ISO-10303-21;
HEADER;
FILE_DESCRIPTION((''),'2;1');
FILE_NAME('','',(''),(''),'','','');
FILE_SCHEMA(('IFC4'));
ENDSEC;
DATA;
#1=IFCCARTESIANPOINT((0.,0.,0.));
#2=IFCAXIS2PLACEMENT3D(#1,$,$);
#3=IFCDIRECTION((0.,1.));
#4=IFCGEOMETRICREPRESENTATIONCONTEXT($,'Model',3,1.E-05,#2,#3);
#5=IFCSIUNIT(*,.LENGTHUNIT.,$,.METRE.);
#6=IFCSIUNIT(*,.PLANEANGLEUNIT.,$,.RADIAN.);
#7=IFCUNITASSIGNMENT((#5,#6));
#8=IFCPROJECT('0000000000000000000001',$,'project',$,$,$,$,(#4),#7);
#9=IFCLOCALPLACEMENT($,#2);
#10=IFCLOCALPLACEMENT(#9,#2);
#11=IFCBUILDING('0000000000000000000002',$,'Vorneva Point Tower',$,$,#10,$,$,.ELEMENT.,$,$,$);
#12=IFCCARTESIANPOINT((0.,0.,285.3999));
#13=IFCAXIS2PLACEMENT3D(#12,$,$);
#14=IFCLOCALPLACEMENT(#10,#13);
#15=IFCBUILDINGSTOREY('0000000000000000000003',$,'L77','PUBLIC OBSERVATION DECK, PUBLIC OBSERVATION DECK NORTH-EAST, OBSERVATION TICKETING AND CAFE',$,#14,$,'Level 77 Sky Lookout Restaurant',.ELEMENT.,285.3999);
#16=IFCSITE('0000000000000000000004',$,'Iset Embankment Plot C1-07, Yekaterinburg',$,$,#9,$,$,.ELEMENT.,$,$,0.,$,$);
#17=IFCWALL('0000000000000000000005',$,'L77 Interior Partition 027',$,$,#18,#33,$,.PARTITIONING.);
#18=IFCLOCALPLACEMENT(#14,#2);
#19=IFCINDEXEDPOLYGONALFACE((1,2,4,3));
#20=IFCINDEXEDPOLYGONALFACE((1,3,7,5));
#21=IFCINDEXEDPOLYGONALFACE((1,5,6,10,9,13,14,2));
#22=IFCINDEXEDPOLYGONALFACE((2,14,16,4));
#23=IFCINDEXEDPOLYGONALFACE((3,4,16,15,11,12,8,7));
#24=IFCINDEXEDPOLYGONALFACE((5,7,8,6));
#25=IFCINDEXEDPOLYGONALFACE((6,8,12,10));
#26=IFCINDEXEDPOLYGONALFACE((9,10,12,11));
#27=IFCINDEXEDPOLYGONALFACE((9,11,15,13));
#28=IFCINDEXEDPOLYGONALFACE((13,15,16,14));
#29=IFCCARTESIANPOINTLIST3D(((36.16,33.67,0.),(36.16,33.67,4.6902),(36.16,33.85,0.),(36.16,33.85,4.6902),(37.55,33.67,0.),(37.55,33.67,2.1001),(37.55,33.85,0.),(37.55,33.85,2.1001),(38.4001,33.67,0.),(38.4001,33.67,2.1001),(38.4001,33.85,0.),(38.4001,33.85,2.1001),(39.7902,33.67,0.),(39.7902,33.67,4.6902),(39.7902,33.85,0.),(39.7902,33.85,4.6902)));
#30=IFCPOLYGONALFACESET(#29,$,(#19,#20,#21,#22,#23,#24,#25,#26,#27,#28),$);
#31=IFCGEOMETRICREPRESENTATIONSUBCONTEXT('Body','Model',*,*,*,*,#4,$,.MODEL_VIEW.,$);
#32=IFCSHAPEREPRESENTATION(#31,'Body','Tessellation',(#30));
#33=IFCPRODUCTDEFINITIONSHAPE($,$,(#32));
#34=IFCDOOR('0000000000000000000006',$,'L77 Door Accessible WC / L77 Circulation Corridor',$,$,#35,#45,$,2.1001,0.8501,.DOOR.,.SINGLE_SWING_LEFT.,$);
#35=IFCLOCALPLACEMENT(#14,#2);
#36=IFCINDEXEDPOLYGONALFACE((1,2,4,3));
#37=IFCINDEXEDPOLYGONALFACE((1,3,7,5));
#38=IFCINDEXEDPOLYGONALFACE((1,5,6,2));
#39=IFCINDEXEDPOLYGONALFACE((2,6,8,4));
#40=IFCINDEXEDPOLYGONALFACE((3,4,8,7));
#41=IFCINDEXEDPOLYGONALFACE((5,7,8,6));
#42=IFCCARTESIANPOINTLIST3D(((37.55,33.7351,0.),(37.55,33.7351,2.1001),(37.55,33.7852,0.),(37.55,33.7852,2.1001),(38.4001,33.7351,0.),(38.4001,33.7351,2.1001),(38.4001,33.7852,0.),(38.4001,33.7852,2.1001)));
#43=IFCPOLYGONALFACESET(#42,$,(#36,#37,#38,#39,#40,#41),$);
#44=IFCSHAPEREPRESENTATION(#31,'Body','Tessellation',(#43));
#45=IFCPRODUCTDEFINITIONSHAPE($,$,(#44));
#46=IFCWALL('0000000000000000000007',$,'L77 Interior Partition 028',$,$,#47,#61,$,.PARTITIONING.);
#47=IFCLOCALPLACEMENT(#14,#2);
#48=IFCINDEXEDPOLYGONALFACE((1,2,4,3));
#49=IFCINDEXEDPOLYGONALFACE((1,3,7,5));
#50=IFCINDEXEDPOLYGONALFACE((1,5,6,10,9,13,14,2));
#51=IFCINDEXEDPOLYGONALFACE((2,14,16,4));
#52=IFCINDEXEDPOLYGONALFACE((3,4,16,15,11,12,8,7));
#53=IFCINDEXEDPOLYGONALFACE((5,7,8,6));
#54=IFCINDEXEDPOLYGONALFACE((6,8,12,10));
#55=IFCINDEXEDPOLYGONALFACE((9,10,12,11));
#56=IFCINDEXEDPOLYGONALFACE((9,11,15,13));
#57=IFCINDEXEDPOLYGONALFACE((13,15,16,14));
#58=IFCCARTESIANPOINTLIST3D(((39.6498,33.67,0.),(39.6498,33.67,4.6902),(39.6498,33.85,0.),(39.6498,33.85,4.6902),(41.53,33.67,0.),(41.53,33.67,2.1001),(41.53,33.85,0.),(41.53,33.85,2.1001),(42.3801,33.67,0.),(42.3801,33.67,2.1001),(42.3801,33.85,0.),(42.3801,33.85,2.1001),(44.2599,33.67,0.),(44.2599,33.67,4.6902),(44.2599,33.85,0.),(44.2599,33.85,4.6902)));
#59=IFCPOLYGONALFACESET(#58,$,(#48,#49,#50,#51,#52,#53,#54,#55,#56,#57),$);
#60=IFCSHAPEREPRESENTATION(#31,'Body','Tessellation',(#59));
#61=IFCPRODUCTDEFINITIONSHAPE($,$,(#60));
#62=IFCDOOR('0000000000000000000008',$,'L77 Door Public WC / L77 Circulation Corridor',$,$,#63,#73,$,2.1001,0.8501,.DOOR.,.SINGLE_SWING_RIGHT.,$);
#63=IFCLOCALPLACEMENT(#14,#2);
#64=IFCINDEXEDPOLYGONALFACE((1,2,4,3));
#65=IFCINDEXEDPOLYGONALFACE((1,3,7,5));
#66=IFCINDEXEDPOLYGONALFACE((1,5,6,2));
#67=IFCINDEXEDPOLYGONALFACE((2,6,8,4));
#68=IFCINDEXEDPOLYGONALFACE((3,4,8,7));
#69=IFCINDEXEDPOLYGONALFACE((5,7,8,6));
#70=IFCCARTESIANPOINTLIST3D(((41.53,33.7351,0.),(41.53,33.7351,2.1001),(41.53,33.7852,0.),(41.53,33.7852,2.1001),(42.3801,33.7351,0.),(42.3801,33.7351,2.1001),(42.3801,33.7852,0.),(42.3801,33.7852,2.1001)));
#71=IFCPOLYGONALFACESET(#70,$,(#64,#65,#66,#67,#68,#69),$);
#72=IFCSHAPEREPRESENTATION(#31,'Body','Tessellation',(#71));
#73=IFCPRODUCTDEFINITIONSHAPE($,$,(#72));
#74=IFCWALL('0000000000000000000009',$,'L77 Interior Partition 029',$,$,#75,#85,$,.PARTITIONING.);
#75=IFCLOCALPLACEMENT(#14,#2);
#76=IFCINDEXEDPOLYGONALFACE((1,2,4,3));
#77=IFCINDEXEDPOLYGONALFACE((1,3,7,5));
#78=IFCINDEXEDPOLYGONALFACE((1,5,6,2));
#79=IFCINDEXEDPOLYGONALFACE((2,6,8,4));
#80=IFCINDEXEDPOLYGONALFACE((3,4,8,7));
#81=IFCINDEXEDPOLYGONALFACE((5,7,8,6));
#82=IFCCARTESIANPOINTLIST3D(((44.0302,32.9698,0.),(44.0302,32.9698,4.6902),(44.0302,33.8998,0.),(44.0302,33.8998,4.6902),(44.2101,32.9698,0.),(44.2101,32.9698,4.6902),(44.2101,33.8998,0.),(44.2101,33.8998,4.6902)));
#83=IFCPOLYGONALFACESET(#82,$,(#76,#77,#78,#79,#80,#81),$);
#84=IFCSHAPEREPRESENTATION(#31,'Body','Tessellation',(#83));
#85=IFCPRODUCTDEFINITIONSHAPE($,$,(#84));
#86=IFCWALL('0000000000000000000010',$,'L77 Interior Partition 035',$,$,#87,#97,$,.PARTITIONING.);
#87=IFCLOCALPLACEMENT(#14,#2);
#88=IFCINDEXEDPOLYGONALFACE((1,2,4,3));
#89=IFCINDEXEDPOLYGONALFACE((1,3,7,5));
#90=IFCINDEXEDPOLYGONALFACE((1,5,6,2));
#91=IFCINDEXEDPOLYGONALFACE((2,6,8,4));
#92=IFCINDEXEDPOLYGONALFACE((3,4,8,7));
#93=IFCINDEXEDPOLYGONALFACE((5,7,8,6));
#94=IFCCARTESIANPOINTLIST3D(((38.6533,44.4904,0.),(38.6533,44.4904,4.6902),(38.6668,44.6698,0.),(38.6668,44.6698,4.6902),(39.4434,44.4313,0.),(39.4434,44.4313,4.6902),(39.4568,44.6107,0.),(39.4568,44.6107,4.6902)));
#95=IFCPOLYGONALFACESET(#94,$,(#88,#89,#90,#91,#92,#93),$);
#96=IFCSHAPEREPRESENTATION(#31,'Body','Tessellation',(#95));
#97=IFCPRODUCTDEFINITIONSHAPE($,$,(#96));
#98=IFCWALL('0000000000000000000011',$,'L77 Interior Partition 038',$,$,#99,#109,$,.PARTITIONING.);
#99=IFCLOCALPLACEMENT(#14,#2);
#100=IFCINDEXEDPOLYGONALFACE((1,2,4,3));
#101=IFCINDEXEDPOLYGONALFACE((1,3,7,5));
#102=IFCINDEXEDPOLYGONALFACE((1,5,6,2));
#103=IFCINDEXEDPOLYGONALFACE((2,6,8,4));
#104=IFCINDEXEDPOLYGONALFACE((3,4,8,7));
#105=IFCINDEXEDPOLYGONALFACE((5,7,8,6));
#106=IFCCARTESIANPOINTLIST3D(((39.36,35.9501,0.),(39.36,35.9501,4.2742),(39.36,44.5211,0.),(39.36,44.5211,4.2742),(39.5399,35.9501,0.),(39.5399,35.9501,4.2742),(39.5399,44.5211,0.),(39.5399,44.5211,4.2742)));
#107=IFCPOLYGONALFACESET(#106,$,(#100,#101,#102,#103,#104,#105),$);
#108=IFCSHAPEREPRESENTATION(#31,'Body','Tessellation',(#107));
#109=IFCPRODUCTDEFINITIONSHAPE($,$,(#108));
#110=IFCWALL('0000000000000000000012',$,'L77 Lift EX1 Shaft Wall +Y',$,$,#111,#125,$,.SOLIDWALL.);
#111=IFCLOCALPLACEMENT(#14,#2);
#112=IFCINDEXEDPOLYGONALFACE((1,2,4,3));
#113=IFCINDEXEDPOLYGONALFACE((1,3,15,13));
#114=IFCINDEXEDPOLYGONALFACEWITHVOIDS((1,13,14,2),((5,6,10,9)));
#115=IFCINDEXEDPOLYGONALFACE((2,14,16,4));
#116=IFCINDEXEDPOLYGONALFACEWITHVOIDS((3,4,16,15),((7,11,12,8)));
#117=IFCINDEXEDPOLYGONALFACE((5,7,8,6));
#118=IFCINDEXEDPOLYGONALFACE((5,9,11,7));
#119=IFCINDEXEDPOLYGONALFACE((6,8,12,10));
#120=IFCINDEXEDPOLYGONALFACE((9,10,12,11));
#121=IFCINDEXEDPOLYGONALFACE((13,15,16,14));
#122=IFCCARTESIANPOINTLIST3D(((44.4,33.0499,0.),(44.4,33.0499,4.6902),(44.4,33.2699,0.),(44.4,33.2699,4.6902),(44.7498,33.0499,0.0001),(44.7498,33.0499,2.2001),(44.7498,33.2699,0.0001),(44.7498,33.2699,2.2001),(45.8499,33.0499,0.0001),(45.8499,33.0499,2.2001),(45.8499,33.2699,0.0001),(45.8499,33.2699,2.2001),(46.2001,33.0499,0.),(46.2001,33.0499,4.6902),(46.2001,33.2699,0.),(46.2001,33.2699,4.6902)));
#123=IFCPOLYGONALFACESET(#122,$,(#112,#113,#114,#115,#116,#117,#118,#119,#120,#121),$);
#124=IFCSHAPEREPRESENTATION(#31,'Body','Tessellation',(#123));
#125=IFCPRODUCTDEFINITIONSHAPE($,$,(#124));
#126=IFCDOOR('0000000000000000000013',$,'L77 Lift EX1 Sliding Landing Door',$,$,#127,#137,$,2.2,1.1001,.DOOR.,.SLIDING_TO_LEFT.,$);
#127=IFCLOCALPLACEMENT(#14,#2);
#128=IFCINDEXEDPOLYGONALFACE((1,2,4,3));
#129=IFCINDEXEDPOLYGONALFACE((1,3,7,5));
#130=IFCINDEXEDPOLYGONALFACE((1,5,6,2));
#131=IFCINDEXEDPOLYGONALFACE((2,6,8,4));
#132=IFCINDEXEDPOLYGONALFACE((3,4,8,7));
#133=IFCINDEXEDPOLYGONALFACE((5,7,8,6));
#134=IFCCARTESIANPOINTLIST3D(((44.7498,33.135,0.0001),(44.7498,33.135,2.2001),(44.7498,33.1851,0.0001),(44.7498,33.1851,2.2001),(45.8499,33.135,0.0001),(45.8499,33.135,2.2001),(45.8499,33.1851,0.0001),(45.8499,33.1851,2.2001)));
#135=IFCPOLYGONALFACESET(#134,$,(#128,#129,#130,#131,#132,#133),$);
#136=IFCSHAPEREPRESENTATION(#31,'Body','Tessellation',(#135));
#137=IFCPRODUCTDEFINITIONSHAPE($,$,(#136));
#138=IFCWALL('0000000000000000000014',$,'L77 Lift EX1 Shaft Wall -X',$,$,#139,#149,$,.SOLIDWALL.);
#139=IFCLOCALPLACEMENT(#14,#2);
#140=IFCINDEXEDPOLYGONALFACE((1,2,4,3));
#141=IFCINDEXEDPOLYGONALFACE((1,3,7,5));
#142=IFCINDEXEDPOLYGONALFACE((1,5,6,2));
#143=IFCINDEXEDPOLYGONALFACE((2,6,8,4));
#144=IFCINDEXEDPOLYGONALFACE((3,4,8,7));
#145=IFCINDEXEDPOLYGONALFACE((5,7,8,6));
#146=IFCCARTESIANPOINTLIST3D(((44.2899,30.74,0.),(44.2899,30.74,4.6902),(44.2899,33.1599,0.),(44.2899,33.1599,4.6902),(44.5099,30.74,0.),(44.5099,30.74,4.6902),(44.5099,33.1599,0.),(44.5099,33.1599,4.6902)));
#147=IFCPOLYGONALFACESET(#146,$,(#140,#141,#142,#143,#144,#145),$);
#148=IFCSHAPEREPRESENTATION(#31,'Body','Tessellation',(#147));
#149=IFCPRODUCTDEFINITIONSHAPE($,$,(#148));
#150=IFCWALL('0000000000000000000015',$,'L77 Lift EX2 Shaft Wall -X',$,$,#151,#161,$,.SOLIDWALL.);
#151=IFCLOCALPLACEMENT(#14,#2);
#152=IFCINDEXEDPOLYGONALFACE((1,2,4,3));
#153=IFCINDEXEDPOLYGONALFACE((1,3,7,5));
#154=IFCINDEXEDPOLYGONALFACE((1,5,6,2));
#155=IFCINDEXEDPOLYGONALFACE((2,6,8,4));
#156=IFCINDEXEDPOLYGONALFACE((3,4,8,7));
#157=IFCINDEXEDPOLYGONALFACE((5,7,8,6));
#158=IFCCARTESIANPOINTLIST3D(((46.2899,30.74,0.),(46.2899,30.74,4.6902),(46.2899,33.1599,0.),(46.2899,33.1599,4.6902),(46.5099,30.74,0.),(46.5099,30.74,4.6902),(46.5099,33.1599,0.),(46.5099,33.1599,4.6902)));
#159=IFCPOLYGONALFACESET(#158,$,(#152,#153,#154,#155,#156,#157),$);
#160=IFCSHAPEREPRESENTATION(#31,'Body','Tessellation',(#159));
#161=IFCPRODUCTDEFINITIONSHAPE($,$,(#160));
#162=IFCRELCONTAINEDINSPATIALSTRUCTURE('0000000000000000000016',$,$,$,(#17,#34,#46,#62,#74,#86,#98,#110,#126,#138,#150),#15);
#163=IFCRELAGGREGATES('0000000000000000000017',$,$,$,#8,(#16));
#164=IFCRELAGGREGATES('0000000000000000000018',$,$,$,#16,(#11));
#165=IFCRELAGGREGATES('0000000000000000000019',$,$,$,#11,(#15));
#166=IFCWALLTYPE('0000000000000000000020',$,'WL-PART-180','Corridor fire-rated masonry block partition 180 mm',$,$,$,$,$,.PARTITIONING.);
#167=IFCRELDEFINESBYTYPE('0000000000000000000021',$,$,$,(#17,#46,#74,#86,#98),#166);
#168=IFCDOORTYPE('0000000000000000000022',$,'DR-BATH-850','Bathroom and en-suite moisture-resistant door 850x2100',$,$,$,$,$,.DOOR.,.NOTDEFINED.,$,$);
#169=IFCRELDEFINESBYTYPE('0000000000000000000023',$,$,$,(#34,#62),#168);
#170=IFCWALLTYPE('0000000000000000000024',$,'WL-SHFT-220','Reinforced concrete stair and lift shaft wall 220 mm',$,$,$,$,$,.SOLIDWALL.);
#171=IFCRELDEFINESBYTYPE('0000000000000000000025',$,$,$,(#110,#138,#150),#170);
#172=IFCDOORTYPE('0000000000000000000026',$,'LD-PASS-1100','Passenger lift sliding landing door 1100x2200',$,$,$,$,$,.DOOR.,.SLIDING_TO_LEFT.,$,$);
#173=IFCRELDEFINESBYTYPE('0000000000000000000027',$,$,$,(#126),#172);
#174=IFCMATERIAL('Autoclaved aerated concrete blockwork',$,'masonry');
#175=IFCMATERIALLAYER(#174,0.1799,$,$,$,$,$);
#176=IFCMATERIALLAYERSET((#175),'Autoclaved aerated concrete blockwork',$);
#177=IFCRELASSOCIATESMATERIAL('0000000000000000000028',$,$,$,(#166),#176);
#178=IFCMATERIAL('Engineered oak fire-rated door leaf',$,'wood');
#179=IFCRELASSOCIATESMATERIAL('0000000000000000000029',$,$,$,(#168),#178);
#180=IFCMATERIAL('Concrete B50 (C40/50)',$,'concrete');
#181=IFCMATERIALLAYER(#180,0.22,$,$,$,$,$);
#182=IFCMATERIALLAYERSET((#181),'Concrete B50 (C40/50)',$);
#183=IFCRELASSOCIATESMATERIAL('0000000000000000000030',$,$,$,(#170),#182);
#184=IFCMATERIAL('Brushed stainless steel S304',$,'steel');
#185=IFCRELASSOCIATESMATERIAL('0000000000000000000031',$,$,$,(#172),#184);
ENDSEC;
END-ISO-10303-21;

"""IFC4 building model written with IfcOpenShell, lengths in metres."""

from ifc_helpers import new_model, si_unit, direction, frame, frame_2d, origin, place, context, subcontext, project, spatial, rectangle, extrude, material, layer, layer_set, type_object, element, fill, save


model = new_model("IFC4")

# Units and contexts
model_context = context("Model", 3, precision=1e-05, world=origin(), true_north=direction((0.0, 1.0)))
body_context = subcontext(model_context, "Body", "Model", "MODEL_VIEW")
ifc_project = project(units=[si_unit("LENGTHUNIT", "METRE"), si_unit("PLANEANGLEUNIT", "RADIAN")], contexts=[model_context])

# Site, building, storey
site_placement = place(None, origin())
site = spatial("IfcSite", under=ifc_project, at=site_placement, Name="Iset Embankment Plot C1-07, Yekaterinburg", CompositionType="ELEMENT", RefElevation=0.0)
building_placement = place(site_placement, origin())
building = spatial("IfcBuilding", under=site, at=building_placement, Name="Vorneva Point Tower", CompositionType="ELEMENT")
storey_placement = place(building_placement, frame((0.0, 0.0, 285.3999)))
storey = spatial("IfcBuildingStorey", under=building, at=storey_placement, Name="L77", Description="PUBLIC OBSERVATION DECK, PUBLIC OBSERVATION DECK NORTH-EAST, OBSERVATION TICKETING AND CAFE", LongName="Level 77 Sky Lookout Restaurant", CompositionType="ELEMENT", Elevation=285.3999)

# Shared definitions
ifc_material_1 = material(Name="Concrete B50 (C40/50)", Category="concrete")

# Walls, openings, doors
ifc_material_2 = material(Name="Autoclaved aerated concrete blockwork", Category="masonry")
ifc_layer_1 = layer(ifc_material_2, 0.1799)
ifc_layer_set_1 = layer_set([ifc_layer_1], Name="Autoclaved aerated concrete blockwork")
wall_type_1 = type_object("IfcWallType", Name="WL-PART-180", Description="Corridor fire-rated masonry block partition 180 mm", PredefinedType="PARTITIONING", material=ifc_layer_set_1)
wall_1_placement = place(storey_placement, frame((39.79, 33.76, 0.0), z_axis=(0.0, 0.0, 1.0), x_axis=(-1.0, 0.0, 0.0)))
wall_1 = element("IfcWall", 1, at=wall_1_placement, inside=storey, type_object=wall_type_1, Name="L77 Interior Partition 027", PredefinedType="PARTITIONING", context=body_context, shape_type="SweptSolid", body=[
    extrude(rectangle(XDim=3.6301, YDim=0.1799, at=frame_2d((1.8149, 0.0))), origin(), (0.0, 0.0, 1.0), 4.6902),
])
opening_1_placement = place(wall_1_placement, frame((1.3899, 0.0, 0.0)))
opening_1 = element("IfcOpeningElement", 2, at=opening_1_placement, cuts=wall_1, PredefinedType="OPENING", context=body_context, shape_type="SweptSolid", body=[
    extrude(rectangle(XDim=0.8501, YDim=2.1001, at=frame_2d((0.425, 1.05))), frame((0.0, 0.105, 0.0), z_axis=(0.0, -1.0, 0.0), x_axis=(1.0, 0.0, 0.0)), (0.0, 0.0, 1.0), 0.2097),
])
ifc_material_3 = material(Name="Engineered oak fire-rated door leaf", Category="wood")
door_type_1 = type_object("IfcDoorType", Name="DR-BATH-850", Description="Bathroom and en-suite moisture-resistant door 850x2100", OperationType="NOTDEFINED", PredefinedType="DOOR", material=ifc_material_3)
door_1_placement = place(opening_1_placement, origin())
door_1 = element("IfcDoor", 3, at=door_1_placement, inside=storey, type_object=door_type_1, Name="L77 Door Accessible WC / L77 Circulation Corridor", OperationType="SINGLE_SWING_LEFT", OverallHeight=2.1001, OverallWidth=0.8501, PredefinedType="DOOR", context=body_context, shape_type="SweptSolid", body=[
    extrude(rectangle(XDim=0.8501, YDim=2.1001, at=frame_2d((0.425, 1.05))), frame((0.0, 0.0249, 0.0), z_axis=(0.0, -1.0, 0.0), x_axis=(1.0, 0.0, 0.0)), (0.0, 0.0, 1.0), 0.05),
])
fill(opening_1, door_1)
wall_2_placement = place(storey_placement, frame((44.26, 33.76, 0.0), z_axis=(0.0, 0.0, 1.0), x_axis=(-1.0, 0.0, 0.0)))
wall_2 = element("IfcWall", 4, at=wall_2_placement, inside=storey, type_object=wall_type_1, Name="L77 Interior Partition 028", PredefinedType="PARTITIONING", context=body_context, shape_type="SweptSolid", body=[
    extrude(rectangle(XDim=4.6101, YDim=0.1799, at=frame_2d((2.3052, 0.0))), origin(), (0.0, 0.0, 1.0), 4.6902),
])
opening_2_placement = place(wall_2_placement, frame((1.8799, 0.0, 0.0)))
opening_2 = element("IfcOpeningElement", 5, at=opening_2_placement, cuts=wall_2, PredefinedType="OPENING", context=body_context, shape_type="SweptSolid", body=[
    extrude(rectangle(XDim=0.8501, YDim=2.1001, at=frame_2d((0.425, 1.05))), frame((0.0, 0.105, 0.0), z_axis=(0.0, -1.0, 0.0), x_axis=(1.0, 0.0, 0.0)), (0.0, 0.0, 1.0), 0.2097),
])
door_2_placement = place(opening_2_placement, origin())
door_2 = element("IfcDoor", 6, at=door_2_placement, inside=storey, type_object=door_type_1, Name="L77 Door Public WC / L77 Circulation Corridor", OperationType="SINGLE_SWING_RIGHT", OverallHeight=2.1001, OverallWidth=0.8501, PredefinedType="DOOR", context=body_context, shape_type="SweptSolid", body=[
    extrude(rectangle(XDim=0.8501, YDim=2.1001, at=frame_2d((0.425, 1.05))), frame((0.0, 0.0249, 0.0), z_axis=(0.0, -1.0, 0.0), x_axis=(1.0, 0.0, 0.0)), (0.0, 0.0, 1.0), 0.05),
])
fill(opening_2, door_2)

# Walls
wall_3_placement = place(storey_placement, frame((44.1201, 32.97, 0.0), z_axis=(0.0, 0.0, 1.0), x_axis=(0.0, 1.0, 0.0)))
element("IfcWall", 7, at=wall_3_placement, inside=storey, type_object=wall_type_1, Name="L77 Interior Partition 029", PredefinedType="PARTITIONING", context=body_context, shape_type="SweptSolid", body=[
    extrude(rectangle(XDim=0.9299, YDim=0.1799, at=frame_2d((0.4648, 0.0))), origin(), (0.0, 0.0, 1.0), 4.6902),
])
wall_4_placement = place(storey_placement, frame((39.45, 44.521, 0.0), z_axis=(0.0, 0.0, 1.0), x_axis=(-0.997215, 0.074575, 0.0)))
element("IfcWall", 8, at=wall_4_placement, inside=storey, type_object=wall_type_1, Name="L77 Interior Partition 035", PredefinedType="PARTITIONING", context=body_context, shape_type="SweptSolid", body=[
    extrude(rectangle(XDim=0.7922, YDim=0.1799, at=frame_2d((0.396, 0.0))), origin(), (0.0, 0.0, 1.0), 4.6902),
])
wall_5_placement = place(storey_placement, frame((39.45, 35.95, 0.0), z_axis=(0.0, 0.0, 1.0), x_axis=(0.0, 1.0, 0.0)))
element("IfcWall", 9, at=wall_5_placement, inside=storey, type_object=wall_type_1, Name="L77 Interior Partition 038", PredefinedType="PARTITIONING", context=body_context, shape_type="SweptSolid", body=[
    extrude(rectangle(XDim=8.571, YDim=0.1799, at=frame_2d((4.2856, 0.0))), origin(), (0.0, 0.0, 1.0), 4.2742),
])

# Wall, opening, door
ifc_layer_2 = layer(ifc_material_1, 0.22)
ifc_layer_set_2 = layer_set([ifc_layer_2], Name="Concrete B50 (C40/50)")
wall_type_2 = type_object("IfcWallType", Name="WL-SHFT-220", Description="Reinforced concrete stair and lift shaft wall 220 mm", PredefinedType="SOLIDWALL", material=ifc_layer_set_2)
wall_6_placement = place(storey_placement, frame((46.2, 33.1599, 0.0), z_axis=(0.0, 0.0, 1.0), x_axis=(-1.0, 0.0, 0.0)))
wall_6 = element("IfcWall", 10, at=wall_6_placement, inside=storey, type_object=wall_type_2, Name="L77 Lift EX1 Shaft Wall +Y", PredefinedType="SOLIDWALL", context=body_context, shape_type="SweptSolid", body=[
    extrude(rectangle(XDim=1.8, YDim=0.22, at=frame_2d((0.8999, 0.0))), origin(), (0.0, 0.0, 1.0), 4.6902),
])
opening_3_placement = place(wall_6_placement, frame((0.3501, 0.0, 0.0)))
opening_3 = element("IfcOpeningElement", 11, at=opening_3_placement, cuts=wall_6, PredefinedType="OPENING", context=body_context, shape_type="SweptSolid", body=[
    extrude(rectangle(XDim=1.1001, YDim=2.2, at=frame_2d((0.55, 1.1001))), frame((0.0, 0.125, 0.0), z_axis=(0.0, -1.0, 0.0), x_axis=(1.0, 0.0, 0.0)), (0.0, 0.0, 1.0), 0.2498),
])
ifc_material_4 = material(Name="Brushed stainless steel S304", Category="steel")
door_type_2 = type_object("IfcDoorType", Name="LD-PASS-1100", Description="Passenger lift sliding landing door 1100x2200", OperationType="SLIDING_TO_LEFT", PredefinedType="DOOR", material=ifc_material_4)
door_3_placement = place(opening_3_placement, origin())
door_3 = element("IfcDoor", 12, at=door_3_placement, inside=storey, type_object=door_type_2, Name="L77 Lift EX1 Sliding Landing Door", OperationType="SLIDING_TO_LEFT", OverallHeight=2.2, OverallWidth=1.1001, PredefinedType="DOOR", context=body_context, shape_type="SweptSolid", body=[
    extrude(rectangle(XDim=1.1001, YDim=2.2, at=frame_2d((0.55, 1.1001))), frame((0.0, 0.0249, 0.0), z_axis=(0.0, -1.0, 0.0), x_axis=(1.0, 0.0, 0.0)), (0.0, 0.0, 1.0), 0.05),
])
fill(opening_3, door_3)

# Walls
for number, where, z_axis, x_axis, name in (
    (13, (44.3999, 33.1599, 0.0), (0.0, 0.0, 1.0), (0.0, -1.0, 0.0), "L77 Lift EX1 Shaft Wall -X"),
    (14, (46.3999, 33.1599, 0.0), (0.0, 0.0, 1.0), (0.0, -1.0, 0.0), "L77 Lift EX2 Shaft Wall -X"),
):
    element("IfcWall", number, at=place(storey_placement, frame(where, z_axis=z_axis, x_axis=x_axis)), inside=storey, type_object=wall_type_2, Name=name, PredefinedType="SOLIDWALL", context=body_context, shape_type="SweptSolid", body=[
        extrude(rectangle(XDim=2.4199, YDim=0.22, at=frame_2d((1.21, 0.0))), origin(), (0.0, 0.0, 1.0), 4.6902),
    ])

save(model, "model.ifc")
